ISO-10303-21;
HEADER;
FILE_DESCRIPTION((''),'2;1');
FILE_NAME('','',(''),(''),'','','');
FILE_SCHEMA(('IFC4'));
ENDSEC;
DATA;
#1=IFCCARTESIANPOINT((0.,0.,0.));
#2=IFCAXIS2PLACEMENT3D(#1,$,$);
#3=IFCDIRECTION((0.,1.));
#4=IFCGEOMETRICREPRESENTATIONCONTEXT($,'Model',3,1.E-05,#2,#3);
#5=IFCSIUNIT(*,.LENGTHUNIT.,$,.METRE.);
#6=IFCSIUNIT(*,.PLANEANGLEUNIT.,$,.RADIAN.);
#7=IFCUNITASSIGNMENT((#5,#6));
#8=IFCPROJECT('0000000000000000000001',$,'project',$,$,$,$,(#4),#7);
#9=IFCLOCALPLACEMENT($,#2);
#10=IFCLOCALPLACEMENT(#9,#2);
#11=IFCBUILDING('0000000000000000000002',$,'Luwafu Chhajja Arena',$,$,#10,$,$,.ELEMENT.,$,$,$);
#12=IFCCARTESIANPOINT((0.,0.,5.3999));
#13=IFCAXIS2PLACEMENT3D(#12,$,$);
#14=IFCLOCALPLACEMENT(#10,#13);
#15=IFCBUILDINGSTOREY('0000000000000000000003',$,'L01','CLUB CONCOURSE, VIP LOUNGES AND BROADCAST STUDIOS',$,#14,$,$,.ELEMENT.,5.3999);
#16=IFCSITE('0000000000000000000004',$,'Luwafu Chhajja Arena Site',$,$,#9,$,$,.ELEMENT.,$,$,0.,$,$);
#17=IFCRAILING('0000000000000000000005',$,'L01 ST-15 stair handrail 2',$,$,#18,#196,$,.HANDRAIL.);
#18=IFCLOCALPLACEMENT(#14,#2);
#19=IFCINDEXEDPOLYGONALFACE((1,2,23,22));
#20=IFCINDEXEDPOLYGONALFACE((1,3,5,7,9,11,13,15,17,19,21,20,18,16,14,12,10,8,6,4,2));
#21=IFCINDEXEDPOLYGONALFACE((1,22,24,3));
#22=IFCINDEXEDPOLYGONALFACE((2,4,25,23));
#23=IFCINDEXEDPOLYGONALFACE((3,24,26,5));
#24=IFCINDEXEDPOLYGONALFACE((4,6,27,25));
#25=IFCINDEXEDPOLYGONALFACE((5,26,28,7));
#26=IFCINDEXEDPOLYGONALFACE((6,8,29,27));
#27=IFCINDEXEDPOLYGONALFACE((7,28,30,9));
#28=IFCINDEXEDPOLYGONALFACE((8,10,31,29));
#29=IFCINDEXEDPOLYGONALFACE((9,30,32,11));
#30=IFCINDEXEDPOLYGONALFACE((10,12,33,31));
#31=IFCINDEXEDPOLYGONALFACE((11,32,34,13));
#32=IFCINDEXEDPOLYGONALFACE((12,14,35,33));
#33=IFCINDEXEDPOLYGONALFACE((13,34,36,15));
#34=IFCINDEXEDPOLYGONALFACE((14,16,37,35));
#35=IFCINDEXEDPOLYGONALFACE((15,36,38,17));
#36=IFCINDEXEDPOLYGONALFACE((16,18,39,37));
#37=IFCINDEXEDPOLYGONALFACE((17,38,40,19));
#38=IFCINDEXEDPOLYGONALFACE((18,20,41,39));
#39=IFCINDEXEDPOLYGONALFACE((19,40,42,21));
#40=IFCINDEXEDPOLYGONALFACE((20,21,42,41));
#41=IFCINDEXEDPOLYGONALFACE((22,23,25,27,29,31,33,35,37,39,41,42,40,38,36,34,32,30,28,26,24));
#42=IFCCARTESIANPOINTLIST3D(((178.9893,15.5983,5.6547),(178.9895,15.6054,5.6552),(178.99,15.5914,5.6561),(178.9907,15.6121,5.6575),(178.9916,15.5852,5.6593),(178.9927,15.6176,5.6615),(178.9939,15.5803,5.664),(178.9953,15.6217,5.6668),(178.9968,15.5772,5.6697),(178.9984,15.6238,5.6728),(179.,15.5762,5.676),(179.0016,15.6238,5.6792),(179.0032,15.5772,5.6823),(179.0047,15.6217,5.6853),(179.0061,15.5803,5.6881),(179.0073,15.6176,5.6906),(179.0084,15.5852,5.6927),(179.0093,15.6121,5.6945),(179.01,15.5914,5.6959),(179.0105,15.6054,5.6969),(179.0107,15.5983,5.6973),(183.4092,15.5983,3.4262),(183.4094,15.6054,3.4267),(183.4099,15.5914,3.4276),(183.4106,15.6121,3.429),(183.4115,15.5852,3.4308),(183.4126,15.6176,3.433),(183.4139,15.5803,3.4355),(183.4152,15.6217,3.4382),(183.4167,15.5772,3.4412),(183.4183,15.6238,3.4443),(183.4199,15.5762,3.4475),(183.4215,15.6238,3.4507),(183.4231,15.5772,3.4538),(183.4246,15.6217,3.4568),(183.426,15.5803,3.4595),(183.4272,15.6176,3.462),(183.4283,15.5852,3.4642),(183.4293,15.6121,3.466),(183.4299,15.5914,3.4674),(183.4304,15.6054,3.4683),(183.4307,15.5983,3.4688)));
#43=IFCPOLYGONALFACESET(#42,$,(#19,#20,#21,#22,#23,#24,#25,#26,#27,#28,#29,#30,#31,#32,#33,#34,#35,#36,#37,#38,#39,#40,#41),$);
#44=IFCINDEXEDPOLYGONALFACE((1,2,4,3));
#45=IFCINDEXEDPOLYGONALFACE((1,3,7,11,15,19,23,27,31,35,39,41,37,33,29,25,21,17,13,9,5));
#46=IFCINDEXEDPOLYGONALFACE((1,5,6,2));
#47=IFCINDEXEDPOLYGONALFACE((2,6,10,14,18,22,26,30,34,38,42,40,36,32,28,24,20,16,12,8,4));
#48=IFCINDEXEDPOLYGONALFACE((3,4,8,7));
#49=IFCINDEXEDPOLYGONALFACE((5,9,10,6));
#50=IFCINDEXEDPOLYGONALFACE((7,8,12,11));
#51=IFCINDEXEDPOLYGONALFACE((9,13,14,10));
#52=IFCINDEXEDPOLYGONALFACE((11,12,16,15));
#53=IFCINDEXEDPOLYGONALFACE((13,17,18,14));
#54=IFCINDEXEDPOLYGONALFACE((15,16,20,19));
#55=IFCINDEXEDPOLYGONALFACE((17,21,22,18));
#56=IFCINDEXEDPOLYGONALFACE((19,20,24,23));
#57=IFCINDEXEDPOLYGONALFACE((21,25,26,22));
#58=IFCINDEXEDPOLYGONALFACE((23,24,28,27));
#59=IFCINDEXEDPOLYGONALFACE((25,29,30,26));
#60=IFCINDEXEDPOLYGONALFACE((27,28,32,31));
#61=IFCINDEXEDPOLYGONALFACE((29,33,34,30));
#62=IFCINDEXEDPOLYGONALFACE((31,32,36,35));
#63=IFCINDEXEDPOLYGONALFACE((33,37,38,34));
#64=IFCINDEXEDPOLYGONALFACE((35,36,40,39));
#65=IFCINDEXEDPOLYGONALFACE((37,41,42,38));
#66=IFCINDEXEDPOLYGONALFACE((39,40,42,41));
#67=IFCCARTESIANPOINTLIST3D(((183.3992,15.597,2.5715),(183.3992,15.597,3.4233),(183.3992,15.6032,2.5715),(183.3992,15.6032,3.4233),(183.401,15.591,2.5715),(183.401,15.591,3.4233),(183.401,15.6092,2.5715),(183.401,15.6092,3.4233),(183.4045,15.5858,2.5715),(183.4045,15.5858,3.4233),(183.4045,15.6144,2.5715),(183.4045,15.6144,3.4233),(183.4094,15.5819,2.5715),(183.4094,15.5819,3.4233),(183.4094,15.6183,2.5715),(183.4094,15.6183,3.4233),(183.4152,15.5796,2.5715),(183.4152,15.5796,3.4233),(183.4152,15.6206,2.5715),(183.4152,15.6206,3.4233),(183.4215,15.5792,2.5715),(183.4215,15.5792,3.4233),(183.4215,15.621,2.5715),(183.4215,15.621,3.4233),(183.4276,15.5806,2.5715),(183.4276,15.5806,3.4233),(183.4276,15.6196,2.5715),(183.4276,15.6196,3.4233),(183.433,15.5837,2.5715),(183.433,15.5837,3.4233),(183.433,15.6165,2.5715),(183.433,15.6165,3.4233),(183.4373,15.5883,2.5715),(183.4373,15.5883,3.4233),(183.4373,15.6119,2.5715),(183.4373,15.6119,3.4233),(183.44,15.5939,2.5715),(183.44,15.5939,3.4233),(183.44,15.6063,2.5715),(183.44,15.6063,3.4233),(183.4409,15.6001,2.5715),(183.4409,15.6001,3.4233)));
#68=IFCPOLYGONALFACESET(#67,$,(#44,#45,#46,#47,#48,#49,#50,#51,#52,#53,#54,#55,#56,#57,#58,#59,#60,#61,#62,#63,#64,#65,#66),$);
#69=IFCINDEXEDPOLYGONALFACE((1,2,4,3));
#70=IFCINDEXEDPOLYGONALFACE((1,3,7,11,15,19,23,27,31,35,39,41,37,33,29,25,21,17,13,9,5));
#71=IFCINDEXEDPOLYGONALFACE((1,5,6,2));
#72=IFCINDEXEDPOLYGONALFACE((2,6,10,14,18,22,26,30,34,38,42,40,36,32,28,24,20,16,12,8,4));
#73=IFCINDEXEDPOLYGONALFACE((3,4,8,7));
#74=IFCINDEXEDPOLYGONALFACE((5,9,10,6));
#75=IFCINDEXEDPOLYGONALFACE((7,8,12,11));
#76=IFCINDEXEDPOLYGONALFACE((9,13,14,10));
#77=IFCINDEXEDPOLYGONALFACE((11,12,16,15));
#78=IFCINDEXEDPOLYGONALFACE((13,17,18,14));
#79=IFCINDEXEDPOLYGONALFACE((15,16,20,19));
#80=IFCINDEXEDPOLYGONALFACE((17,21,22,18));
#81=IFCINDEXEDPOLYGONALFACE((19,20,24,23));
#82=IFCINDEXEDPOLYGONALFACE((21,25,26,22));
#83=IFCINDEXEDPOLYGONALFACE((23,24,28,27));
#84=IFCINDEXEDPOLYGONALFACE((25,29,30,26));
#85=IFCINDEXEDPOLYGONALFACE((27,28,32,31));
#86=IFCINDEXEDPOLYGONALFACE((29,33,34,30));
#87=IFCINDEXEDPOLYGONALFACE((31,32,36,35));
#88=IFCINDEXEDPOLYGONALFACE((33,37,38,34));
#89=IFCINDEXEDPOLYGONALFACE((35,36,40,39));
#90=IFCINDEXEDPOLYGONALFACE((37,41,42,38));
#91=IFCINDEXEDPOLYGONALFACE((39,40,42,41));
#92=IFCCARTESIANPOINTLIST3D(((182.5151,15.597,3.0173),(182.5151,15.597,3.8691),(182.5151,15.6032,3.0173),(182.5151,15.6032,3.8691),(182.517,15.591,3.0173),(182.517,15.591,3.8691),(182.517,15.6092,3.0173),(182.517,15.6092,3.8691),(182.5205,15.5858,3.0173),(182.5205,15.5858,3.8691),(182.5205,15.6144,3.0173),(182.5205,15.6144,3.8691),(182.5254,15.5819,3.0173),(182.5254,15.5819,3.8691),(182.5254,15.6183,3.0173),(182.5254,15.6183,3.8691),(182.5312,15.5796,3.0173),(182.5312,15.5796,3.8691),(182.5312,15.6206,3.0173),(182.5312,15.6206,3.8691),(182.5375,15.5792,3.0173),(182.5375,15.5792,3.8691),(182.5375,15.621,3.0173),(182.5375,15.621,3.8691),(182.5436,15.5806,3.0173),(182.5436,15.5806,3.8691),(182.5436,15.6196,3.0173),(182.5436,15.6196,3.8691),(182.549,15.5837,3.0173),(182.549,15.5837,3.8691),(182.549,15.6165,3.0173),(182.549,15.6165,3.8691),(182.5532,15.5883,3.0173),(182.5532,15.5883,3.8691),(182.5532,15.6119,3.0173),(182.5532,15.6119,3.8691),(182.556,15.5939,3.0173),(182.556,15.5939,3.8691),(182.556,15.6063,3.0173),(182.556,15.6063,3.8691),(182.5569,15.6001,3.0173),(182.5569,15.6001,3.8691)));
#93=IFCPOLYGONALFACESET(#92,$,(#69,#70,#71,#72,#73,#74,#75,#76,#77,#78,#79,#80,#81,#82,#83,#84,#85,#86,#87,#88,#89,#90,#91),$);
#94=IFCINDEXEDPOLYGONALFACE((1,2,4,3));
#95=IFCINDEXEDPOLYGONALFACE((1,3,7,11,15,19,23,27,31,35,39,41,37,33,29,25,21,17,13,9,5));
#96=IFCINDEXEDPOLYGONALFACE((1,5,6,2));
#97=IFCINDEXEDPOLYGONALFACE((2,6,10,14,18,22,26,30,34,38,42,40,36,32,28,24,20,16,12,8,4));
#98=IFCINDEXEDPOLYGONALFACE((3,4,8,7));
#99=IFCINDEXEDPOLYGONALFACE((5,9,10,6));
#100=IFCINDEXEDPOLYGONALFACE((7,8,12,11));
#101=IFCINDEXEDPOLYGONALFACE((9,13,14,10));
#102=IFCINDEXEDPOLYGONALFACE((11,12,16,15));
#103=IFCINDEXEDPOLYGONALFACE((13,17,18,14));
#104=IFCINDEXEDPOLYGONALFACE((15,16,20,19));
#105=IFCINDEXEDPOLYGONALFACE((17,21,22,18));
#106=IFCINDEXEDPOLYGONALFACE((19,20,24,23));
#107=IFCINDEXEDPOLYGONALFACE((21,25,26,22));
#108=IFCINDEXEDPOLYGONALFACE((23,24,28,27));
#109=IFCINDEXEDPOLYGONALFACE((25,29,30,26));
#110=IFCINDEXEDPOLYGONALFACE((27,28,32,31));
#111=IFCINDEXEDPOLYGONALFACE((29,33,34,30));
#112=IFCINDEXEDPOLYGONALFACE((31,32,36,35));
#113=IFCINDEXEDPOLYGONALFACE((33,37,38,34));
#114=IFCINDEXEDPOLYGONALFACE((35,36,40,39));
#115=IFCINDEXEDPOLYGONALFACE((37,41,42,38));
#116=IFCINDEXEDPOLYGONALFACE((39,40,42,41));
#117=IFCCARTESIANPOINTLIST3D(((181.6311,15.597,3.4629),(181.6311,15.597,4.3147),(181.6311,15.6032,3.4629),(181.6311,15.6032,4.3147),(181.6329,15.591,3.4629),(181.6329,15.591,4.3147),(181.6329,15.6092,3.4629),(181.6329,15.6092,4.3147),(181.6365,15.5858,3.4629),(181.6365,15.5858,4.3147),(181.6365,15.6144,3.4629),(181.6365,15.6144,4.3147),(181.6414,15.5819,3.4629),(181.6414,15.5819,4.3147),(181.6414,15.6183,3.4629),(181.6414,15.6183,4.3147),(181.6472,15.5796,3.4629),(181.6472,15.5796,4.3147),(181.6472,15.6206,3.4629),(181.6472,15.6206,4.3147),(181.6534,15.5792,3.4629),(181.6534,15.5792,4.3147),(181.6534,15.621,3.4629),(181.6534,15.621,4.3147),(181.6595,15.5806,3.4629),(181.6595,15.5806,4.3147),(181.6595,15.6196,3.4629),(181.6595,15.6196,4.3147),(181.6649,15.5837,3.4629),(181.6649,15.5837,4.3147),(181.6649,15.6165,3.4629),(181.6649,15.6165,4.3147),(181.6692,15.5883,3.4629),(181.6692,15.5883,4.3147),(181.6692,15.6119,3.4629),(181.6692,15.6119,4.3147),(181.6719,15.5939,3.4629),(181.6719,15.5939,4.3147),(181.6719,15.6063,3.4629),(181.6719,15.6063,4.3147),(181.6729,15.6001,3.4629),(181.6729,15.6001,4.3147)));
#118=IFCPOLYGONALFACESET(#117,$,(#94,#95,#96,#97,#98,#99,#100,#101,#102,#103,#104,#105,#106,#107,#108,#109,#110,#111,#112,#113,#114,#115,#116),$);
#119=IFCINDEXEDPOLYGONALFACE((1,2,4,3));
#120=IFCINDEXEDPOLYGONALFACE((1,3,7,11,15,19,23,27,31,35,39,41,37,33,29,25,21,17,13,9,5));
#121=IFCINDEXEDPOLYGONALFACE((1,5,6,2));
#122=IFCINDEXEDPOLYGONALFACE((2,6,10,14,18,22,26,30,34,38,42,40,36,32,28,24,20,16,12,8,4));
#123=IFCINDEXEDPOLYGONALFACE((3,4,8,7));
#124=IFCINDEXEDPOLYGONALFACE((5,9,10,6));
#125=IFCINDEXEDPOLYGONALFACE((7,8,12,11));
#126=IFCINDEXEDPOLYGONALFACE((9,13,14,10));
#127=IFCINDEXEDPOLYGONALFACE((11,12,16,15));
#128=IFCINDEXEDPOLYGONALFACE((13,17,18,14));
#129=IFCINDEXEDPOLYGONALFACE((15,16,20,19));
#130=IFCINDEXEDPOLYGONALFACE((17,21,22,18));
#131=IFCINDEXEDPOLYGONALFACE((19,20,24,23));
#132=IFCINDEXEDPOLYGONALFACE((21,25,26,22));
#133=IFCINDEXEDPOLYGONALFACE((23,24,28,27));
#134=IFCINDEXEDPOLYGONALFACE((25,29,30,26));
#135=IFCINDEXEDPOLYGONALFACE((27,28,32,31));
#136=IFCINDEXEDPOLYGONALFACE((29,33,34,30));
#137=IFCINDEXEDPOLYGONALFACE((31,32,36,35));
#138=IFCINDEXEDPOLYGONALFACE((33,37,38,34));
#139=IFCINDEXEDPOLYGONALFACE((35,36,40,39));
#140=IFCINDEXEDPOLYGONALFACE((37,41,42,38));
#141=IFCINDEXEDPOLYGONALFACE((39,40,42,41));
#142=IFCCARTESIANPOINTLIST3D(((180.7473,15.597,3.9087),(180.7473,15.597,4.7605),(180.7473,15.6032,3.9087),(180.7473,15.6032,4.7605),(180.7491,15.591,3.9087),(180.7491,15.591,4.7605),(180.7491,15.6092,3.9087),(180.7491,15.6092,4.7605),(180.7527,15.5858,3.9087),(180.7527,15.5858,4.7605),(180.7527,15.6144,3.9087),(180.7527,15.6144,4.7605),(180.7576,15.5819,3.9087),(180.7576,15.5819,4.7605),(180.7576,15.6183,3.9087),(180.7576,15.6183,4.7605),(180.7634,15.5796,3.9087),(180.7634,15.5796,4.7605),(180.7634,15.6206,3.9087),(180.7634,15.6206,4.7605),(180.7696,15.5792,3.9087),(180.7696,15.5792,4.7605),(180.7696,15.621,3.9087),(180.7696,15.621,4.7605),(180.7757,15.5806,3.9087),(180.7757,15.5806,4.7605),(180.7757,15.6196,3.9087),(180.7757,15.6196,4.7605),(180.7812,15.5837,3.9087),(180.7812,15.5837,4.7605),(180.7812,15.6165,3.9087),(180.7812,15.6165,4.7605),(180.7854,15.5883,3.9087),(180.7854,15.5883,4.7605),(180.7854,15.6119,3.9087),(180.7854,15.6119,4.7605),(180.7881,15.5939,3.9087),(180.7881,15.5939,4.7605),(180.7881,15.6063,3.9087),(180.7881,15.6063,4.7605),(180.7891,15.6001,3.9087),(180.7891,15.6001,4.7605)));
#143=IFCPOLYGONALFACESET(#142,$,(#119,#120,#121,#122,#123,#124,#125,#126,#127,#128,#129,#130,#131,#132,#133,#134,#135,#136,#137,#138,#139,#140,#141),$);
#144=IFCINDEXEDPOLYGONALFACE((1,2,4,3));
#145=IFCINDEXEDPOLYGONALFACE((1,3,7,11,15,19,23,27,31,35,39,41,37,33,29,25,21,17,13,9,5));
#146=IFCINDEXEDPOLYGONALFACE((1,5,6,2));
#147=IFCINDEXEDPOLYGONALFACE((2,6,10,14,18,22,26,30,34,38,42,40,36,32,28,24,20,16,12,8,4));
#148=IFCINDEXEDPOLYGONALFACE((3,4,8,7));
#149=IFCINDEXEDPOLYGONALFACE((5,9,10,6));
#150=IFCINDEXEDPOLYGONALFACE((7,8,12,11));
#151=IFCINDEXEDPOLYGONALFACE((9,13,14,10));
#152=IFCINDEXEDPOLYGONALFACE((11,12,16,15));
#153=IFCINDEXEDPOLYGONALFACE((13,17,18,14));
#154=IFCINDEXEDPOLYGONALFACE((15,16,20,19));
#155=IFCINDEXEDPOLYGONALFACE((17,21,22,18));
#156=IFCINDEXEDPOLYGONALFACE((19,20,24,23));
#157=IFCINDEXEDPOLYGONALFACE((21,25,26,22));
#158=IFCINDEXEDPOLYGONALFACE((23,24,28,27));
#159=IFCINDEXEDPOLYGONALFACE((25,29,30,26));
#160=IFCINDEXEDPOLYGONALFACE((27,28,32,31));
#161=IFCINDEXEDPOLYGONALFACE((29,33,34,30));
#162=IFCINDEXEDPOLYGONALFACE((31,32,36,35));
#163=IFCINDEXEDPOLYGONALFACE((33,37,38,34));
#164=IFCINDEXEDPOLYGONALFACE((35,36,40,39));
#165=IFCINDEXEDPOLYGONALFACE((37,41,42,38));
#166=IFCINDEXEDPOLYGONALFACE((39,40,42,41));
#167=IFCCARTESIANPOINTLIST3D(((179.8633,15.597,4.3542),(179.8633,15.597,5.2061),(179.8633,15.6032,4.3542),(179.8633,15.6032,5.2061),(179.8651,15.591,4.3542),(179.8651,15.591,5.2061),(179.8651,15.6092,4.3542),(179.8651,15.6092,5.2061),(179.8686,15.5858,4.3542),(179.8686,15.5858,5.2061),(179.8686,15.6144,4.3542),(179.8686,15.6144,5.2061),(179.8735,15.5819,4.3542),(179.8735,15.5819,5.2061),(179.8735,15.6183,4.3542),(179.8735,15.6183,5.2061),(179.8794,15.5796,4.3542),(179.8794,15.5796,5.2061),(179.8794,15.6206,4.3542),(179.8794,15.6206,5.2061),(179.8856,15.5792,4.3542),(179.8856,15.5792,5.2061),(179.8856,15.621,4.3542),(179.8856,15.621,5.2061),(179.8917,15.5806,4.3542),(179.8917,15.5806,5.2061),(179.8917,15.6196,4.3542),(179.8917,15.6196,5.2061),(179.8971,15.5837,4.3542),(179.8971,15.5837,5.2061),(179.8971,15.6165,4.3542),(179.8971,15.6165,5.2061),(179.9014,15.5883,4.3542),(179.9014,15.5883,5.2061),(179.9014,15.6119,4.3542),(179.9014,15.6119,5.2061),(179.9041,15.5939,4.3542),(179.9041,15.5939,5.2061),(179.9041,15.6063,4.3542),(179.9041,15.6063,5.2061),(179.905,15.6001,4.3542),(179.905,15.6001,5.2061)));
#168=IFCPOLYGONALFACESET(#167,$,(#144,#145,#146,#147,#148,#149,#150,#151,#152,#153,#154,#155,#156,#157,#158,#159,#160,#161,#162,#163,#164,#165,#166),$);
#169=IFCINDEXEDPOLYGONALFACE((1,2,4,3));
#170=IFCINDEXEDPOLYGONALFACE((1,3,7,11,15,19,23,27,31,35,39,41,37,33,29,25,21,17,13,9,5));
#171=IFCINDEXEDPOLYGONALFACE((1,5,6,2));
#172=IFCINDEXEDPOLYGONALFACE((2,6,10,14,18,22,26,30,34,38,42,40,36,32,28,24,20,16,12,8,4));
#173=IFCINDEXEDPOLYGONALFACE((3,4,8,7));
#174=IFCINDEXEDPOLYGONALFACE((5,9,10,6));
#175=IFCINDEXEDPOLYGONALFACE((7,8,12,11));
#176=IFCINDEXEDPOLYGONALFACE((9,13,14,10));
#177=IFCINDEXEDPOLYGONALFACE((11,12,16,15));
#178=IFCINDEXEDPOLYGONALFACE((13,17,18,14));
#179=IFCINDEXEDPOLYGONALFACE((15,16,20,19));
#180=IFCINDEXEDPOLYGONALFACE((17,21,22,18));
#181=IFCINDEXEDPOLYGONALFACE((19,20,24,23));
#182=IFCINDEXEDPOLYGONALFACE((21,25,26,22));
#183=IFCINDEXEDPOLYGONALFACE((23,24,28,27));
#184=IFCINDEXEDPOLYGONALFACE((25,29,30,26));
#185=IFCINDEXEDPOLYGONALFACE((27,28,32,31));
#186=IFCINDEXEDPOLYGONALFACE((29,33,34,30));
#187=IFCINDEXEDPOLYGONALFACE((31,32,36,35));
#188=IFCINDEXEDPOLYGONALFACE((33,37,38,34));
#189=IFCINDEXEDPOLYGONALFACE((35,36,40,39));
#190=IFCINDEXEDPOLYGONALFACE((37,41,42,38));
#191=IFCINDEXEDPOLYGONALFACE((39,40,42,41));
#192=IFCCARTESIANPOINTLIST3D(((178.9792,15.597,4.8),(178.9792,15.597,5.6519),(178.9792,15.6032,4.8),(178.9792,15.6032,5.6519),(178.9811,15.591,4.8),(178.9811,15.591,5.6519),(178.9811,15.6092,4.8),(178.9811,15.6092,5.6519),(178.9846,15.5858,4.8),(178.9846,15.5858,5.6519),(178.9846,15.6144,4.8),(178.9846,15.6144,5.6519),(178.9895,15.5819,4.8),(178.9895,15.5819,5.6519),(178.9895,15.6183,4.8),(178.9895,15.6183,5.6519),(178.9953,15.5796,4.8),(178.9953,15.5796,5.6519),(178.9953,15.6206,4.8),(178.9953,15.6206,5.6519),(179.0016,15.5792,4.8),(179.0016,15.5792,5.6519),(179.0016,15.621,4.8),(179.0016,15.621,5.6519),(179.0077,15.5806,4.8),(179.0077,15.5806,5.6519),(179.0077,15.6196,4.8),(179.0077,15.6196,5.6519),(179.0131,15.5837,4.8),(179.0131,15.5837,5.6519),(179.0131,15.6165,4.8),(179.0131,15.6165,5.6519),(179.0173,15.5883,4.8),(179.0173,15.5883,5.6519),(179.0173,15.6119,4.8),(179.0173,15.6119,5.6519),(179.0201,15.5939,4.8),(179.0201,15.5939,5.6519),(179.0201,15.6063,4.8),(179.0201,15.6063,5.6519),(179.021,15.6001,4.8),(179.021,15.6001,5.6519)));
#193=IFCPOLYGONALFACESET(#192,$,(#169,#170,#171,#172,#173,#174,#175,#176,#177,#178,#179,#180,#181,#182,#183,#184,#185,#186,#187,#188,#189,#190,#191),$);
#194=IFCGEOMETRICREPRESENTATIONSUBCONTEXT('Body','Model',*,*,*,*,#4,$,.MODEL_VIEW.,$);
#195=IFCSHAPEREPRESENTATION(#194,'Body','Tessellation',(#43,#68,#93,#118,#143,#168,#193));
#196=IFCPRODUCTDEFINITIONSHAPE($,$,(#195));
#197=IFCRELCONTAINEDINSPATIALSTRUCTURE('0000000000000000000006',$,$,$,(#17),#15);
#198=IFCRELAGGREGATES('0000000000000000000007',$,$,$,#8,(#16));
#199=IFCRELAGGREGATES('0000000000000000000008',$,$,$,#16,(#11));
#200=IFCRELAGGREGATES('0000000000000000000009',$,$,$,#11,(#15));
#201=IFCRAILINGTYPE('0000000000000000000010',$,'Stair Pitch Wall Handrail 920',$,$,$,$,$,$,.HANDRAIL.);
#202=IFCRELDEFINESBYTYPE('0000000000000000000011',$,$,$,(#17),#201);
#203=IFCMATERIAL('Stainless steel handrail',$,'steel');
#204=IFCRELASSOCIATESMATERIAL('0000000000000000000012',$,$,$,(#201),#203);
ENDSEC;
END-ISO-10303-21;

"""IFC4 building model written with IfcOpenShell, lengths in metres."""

from ifc_helpers import new_model, si_unit, direction, frame, origin, origin_2d, place, context, subcontext, project, spatial, circle, extrude, material, type_object, element, save


model = new_model("IFC4")

# Units and contexts
model_context = context("Model", 3, precision=1e-05, world=origin(), true_north=direction((0.0, 1.0)))
body_context = subcontext(model_context, "Body", "Model", "MODEL_VIEW")
ifc_project = project(units=[si_unit("LENGTHUNIT", "METRE"), si_unit("PLANEANGLEUNIT", "RADIAN")], contexts=[model_context])

# Site, building, storey
site_placement = place(None, origin())
site = spatial("IfcSite", under=ifc_project, at=site_placement, Name="Luwafu Chhajja Arena Site", CompositionType="ELEMENT", RefElevation=0.0)
building_placement = place(site_placement, origin())
building = spatial("IfcBuilding", under=site, at=building_placement, Name="Luwafu Chhajja Arena", CompositionType="ELEMENT")
storey_placement = place(building_placement, frame((0.0, 0.0, 5.3999)))
storey = spatial("IfcBuildingStorey", under=building, at=storey_placement, Name="L01", Description="CLUB CONCOURSE, VIP LOUNGES AND BROADCAST STUDIOS", CompositionType="ELEMENT", Elevation=5.3999)

# Railing
ifc_material_1 = material(Name="Stainless steel handrail", Category="steel")
railing_type_1 = type_object("IfcRailingType", Name="Stair Pitch Wall Handrail 920", PredefinedType="HANDRAIL", material=ifc_material_1)
railing_1_placement = place(storey_placement, frame((183.4199, 15.6001, 2.5715)))
element("IfcRailing", 1, at=railing_1_placement, inside=storey, type_object=railing_type_1, Name="L01 ST-15 stair handrail 2", PredefinedType="HANDRAIL", context=body_context, shape_type="SweptSolid", body=[
    extrude(circle(Radius=0.0239, at=origin_2d()), frame((0.0, 0.0, 0.876), z_axis=(-0.892923, 0.0, 0.45021), x_axis=(0.0, -1.0, 0.0)), (0.0, 0.0, 1.0), 4.95),
    extrude(circle(Radius=0.021, at=origin_2d()), origin(), (0.0, 0.0, 1.0), 0.8518),
    extrude(circle(Radius=0.021, at=origin_2d()), frame((-0.884, 0.0, 0.4458)), (0.0, 0.0, 1.0), 0.8518),
    extrude(circle(Radius=0.021, at=origin_2d()), frame((-1.7681, 0.0, 0.8914)), (0.0, 0.0, 1.0), 0.8518),
    extrude(circle(Radius=0.021, at=origin_2d()), frame((-2.6519, 0.0, 1.3372)), (0.0, 0.0, 1.0), 0.8518),
    extrude(circle(Radius=0.021, at=origin_2d()), frame((-3.5359, 0.0, 1.7827)), (0.0, 0.0, 1.0), 0.8518),
    extrude(circle(Radius=0.021, at=origin_2d()), frame((-4.4199, 0.0, 2.2285)), (0.0, 0.0, 1.0), 0.8518),
])

save(model, "model.ifc")
